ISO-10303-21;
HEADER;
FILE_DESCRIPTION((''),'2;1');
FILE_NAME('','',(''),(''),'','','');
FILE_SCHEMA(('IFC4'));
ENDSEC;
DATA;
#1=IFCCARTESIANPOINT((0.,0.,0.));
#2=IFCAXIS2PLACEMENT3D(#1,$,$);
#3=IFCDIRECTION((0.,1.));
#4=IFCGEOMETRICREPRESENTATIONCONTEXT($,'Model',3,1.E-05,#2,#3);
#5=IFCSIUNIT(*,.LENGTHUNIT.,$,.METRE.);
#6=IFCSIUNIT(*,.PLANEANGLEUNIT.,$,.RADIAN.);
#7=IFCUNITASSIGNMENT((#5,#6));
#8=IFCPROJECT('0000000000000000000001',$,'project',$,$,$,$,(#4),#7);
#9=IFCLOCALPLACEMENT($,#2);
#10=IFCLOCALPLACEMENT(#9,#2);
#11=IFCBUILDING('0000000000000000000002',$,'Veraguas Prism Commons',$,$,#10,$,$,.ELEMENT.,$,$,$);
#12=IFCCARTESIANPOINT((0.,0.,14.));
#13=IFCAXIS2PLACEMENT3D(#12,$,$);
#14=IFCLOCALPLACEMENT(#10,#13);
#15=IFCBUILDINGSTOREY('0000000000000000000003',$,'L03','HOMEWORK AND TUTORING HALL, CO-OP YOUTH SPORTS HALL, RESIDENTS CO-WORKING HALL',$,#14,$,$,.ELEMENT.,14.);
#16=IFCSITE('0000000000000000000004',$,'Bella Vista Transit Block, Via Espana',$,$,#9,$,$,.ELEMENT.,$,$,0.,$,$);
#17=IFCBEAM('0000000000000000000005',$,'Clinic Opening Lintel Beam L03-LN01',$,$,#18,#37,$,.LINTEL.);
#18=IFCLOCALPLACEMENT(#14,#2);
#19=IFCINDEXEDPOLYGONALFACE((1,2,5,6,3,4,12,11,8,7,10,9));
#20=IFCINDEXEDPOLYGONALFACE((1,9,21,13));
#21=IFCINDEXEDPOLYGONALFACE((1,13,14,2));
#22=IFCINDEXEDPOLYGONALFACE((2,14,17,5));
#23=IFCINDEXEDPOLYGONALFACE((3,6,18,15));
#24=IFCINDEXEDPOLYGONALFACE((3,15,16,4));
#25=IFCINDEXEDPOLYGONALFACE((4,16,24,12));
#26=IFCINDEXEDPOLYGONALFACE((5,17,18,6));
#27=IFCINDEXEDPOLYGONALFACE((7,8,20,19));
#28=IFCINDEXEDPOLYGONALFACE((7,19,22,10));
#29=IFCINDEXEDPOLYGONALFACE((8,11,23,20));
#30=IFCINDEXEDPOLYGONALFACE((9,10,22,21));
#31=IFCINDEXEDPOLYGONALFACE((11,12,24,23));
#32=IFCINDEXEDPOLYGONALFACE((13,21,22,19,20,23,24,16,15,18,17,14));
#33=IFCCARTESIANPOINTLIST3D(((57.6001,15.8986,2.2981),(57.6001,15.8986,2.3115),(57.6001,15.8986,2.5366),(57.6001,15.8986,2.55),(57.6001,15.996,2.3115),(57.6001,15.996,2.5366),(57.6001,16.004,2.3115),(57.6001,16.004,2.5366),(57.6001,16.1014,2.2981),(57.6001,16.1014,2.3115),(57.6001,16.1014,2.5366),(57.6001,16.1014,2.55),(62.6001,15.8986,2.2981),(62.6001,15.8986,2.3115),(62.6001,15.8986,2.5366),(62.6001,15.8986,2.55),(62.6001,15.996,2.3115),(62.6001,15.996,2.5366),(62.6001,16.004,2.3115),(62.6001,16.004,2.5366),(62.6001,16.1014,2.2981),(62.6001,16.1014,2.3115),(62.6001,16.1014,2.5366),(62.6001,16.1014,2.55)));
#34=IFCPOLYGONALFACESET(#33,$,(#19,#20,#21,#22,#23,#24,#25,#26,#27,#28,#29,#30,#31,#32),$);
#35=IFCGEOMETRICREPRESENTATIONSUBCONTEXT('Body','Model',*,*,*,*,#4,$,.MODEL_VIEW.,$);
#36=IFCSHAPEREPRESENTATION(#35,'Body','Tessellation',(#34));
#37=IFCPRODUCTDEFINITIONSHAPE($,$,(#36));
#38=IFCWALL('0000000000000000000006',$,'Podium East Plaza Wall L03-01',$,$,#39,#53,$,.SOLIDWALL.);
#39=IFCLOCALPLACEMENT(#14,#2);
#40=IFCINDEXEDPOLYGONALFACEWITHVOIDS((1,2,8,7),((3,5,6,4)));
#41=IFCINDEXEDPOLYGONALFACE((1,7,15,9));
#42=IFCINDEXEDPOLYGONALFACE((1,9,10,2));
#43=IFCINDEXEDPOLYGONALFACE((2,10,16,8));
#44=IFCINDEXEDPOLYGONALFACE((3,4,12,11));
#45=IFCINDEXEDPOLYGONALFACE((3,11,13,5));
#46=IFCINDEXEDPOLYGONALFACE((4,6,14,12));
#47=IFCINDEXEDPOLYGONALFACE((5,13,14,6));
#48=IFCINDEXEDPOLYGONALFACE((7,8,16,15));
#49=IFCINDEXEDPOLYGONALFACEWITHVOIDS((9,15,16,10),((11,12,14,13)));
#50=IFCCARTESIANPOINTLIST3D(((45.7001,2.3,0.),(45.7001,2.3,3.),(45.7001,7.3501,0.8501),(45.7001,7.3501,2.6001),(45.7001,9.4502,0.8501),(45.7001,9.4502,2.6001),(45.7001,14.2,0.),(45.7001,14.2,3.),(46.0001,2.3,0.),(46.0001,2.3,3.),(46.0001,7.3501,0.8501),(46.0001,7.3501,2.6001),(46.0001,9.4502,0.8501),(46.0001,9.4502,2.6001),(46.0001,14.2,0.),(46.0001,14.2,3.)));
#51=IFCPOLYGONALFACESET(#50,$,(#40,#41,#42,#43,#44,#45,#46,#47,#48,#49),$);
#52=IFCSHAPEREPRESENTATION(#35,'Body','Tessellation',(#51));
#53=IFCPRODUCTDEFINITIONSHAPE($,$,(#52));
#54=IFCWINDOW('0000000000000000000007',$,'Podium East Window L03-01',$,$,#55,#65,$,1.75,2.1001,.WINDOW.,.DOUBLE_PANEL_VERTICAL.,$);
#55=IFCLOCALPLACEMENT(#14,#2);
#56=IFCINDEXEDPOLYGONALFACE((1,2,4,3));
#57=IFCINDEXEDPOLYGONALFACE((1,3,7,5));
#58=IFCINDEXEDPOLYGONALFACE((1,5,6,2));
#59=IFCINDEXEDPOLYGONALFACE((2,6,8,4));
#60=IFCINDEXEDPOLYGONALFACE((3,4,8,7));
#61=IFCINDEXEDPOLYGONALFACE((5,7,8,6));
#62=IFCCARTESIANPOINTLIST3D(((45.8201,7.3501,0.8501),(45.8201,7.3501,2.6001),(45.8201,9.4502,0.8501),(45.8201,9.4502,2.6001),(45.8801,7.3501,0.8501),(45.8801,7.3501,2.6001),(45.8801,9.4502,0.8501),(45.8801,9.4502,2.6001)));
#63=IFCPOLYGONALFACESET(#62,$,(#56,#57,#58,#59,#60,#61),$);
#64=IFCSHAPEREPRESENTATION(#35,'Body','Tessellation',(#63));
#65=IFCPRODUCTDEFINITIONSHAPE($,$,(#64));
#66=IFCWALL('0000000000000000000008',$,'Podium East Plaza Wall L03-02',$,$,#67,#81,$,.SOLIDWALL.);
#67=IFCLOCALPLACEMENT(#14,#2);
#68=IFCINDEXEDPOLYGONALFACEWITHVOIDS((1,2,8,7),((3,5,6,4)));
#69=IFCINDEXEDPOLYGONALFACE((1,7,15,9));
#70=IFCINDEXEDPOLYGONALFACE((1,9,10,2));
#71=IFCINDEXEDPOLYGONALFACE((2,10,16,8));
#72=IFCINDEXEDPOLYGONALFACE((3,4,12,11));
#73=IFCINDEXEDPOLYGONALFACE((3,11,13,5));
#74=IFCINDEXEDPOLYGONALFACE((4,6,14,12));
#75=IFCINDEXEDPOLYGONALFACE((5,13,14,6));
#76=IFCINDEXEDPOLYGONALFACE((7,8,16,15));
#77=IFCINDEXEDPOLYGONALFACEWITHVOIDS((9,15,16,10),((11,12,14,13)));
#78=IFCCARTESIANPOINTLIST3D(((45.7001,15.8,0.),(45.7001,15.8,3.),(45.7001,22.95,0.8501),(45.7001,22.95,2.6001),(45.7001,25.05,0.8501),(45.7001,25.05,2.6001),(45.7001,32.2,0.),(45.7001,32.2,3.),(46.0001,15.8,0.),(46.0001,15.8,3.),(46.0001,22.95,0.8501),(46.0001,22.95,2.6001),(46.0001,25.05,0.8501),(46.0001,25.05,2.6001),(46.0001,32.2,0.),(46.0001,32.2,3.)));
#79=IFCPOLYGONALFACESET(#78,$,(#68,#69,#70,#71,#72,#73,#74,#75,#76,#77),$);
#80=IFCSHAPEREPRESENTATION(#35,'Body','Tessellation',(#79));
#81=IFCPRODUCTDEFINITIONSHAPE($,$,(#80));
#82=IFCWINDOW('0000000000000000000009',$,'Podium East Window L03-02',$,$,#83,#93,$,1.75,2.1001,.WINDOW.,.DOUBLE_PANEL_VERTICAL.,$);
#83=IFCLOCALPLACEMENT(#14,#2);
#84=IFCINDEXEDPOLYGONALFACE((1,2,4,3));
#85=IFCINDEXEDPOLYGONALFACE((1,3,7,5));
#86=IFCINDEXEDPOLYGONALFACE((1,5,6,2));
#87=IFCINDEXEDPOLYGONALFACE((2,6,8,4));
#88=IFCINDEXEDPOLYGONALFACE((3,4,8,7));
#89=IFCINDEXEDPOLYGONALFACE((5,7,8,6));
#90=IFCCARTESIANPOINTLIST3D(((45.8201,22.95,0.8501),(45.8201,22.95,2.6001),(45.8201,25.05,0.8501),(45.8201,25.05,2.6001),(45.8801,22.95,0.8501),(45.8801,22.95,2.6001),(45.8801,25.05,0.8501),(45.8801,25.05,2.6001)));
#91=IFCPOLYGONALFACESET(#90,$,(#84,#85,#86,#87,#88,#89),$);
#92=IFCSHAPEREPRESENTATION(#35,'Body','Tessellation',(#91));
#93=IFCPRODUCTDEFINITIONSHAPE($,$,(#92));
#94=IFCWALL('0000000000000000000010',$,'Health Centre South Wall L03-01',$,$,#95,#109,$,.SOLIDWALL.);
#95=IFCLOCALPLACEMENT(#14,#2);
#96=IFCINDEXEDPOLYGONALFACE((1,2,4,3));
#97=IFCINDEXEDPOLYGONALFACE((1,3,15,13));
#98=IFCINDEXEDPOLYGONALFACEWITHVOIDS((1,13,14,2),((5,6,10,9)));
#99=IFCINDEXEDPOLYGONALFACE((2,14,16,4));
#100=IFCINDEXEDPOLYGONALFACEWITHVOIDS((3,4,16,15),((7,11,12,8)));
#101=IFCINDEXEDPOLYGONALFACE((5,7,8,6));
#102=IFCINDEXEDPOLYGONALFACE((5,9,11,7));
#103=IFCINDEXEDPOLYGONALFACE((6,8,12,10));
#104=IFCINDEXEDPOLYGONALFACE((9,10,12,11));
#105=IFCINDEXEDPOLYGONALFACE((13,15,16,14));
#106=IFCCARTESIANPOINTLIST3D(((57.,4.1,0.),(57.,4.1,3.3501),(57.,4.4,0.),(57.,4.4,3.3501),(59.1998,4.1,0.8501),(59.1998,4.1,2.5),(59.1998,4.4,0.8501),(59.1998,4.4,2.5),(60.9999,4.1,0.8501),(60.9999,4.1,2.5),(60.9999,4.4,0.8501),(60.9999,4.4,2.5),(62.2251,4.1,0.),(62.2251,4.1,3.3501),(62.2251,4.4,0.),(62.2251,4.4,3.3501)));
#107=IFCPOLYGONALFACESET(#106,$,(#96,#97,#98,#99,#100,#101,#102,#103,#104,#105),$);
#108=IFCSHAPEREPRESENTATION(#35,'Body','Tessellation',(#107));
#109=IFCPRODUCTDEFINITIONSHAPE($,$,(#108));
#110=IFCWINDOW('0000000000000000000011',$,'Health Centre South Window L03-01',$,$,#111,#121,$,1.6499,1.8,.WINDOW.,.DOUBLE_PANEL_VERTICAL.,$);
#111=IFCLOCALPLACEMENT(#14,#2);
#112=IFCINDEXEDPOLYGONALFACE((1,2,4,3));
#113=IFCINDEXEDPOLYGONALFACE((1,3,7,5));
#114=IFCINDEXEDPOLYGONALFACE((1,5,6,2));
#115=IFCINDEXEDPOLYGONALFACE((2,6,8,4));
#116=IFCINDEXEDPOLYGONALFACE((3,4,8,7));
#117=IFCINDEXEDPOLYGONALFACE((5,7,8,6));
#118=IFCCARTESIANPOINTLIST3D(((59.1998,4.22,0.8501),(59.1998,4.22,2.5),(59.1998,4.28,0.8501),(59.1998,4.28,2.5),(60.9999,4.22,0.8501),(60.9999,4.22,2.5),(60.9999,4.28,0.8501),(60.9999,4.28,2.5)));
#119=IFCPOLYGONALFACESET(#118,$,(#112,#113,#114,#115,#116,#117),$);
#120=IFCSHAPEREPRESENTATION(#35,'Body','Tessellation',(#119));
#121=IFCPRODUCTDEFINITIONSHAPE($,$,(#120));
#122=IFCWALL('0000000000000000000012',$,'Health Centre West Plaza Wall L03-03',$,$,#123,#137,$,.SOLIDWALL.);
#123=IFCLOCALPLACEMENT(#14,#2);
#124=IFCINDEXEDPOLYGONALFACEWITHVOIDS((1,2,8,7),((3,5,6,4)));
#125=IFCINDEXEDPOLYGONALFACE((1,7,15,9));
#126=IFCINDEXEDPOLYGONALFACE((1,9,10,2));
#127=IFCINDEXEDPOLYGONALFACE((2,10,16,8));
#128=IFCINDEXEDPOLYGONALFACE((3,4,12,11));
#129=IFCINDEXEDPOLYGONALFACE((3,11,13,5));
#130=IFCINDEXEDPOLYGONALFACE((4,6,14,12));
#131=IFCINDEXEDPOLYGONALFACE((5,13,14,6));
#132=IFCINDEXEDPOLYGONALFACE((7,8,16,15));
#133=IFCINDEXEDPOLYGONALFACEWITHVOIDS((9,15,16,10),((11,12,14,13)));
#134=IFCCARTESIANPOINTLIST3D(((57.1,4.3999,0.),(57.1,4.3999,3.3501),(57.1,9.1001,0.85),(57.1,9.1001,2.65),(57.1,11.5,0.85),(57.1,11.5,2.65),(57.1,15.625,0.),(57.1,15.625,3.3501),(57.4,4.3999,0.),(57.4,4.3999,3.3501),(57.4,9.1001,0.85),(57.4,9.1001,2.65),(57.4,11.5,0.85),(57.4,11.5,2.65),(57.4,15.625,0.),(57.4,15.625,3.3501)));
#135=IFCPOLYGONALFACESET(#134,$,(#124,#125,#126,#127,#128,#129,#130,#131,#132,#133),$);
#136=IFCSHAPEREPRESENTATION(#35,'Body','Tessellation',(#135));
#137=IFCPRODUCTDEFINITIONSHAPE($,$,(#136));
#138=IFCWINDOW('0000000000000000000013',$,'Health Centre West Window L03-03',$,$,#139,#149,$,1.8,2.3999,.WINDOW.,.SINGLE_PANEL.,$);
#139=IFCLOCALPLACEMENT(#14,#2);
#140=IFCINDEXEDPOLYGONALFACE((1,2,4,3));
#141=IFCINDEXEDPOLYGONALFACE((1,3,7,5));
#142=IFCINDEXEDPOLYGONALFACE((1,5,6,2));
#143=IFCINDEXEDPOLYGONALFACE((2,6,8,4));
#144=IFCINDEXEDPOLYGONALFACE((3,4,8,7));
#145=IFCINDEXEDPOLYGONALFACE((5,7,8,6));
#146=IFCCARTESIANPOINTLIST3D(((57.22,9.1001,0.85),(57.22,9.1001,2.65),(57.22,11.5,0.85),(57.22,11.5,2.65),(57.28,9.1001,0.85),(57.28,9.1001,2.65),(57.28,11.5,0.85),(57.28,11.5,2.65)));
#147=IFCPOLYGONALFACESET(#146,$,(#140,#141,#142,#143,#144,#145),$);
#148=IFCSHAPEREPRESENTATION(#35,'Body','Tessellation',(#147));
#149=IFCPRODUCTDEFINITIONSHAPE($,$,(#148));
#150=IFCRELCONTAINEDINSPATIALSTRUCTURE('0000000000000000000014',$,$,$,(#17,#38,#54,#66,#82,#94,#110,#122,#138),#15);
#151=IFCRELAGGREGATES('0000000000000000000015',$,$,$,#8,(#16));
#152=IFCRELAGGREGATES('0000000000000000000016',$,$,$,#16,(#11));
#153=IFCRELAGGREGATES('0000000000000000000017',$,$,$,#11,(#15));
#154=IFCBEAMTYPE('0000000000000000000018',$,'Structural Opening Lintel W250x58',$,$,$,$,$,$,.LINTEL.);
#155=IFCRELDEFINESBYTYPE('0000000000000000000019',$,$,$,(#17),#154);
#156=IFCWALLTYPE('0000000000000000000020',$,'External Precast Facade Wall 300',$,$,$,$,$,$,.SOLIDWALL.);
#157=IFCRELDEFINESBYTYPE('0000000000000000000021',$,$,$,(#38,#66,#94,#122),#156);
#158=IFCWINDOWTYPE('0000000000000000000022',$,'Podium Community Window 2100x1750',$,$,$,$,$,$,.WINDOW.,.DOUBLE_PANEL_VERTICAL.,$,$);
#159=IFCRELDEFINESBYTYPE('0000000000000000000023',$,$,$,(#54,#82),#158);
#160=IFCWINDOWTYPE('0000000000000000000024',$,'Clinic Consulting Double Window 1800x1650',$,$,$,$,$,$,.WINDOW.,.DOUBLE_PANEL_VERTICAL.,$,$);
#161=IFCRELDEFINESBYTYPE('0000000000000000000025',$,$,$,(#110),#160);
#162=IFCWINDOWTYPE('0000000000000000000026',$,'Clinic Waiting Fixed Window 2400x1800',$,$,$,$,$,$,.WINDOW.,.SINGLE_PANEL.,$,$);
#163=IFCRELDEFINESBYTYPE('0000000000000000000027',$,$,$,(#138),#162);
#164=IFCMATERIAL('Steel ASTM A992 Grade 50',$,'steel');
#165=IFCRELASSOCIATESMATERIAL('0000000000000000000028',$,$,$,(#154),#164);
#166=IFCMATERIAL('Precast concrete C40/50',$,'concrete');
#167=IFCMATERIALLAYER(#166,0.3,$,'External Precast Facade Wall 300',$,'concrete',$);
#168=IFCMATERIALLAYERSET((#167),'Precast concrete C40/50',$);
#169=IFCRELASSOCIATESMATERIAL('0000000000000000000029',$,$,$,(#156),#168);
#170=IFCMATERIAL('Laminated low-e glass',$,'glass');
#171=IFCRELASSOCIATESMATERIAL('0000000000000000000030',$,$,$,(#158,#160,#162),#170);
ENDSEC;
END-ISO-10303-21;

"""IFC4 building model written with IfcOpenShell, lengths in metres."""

from ifc_helpers import new_model, si_unit, direction, frame, frame_2d, origin, origin_2d, place, context, subcontext, project, spatial, rectangle, i_section, extrude, source, transform, mapped, material, layer, layer_set, material_profile, profile_set, type_object, element, fill, save


model = new_model("IFC4")

# Units and contexts
model_context = context("Model", 3, precision=1e-05, world=origin(), true_north=direction((0.0, 1.0)))
body_context = subcontext(model_context, "Body", "Model", "MODEL_VIEW")
ifc_project = project(units=[si_unit("LENGTHUNIT", "METRE"), si_unit("PLANEANGLEUNIT", "RADIAN")], contexts=[model_context])

# Site, building, storey
site_placement = place(None, origin())
site = spatial("IfcSite", under=ifc_project, at=site_placement, Name="Bella Vista Transit Block, Via Espana", CompositionType="ELEMENT", RefElevation=0.0)
building_placement = place(site_placement, origin())
building = spatial("IfcBuilding", under=site, at=building_placement, Name="Veraguas Prism Commons", CompositionType="ELEMENT")
storey_placement = place(building_placement, frame((0.0, 0.0, 14.0)))
storey = spatial("IfcBuildingStorey", under=building, at=storey_placement, Name="L03", Description="HOMEWORK AND TUTORING HALL, CO-OP YOUTH SPORTS HALL, RESIDENTS CO-WORKING HALL", CompositionType="ELEMENT", Elevation=14.0)

# Beam
ifc_material_1 = material(Name="Steel ASTM A992 Grade 50", Category="steel")
ifc_material_profile_1 = material_profile(ifc_material_1, i_section(OverallWidth=0.2029, OverallDepth=0.252, WebThickness=0.0081, FlangeThickness=0.0134, at=origin_2d()), Name="W250X58")
ifc_profile_set_1 = profile_set([ifc_material_profile_1], Name="Steel ASTM A992 Grade 50")
beam_type_1 = type_object("IfcBeamType", Name="Structural Opening Lintel W250x58", PredefinedType="LINTEL", material=ifc_profile_set_1)
beam_1_placement = place(storey_placement, frame((57.6001, 16.0, 2.4241), z_axis=(1.0, 0.0, 0.0), x_axis=(0.0, 1.0, 0.0)))
element("IfcBeam", 1, at=beam_1_placement, inside=storey, type_object=beam_type_1, Name="Clinic Opening Lintel Beam L03-LN01", PredefinedType="LINTEL", context=body_context, shape_type="SweptSolid", body=[
    extrude(i_section(OverallWidth=0.2029, OverallDepth=0.252, WebThickness=0.0081, FlangeThickness=0.0134, at=origin_2d()), origin(), (0.0, 0.0, 1.0), 5.0),
])

# Walls, openings, windows
ifc_material_2 = material(Name="Precast concrete C40/50", Category="concrete")
ifc_layer = layer(ifc_material_2, 0.3, Name="External Precast Facade Wall 300", Category="concrete")
ifc_layer_set = layer_set([ifc_layer], Name="Precast concrete C40/50")
wall_type = type_object("IfcWallType", Name="External Precast Facade Wall 300", PredefinedType="SOLIDWALL", material=ifc_layer_set)
wall_1_placement = place(storey_placement, frame((45.8501, 2.3, 0.0), z_axis=(0.0, 0.0, 1.0), x_axis=(0.0, 1.0, 0.0)))
wall_1 = element("IfcWall", 2, at=wall_1_placement, inside=storey, type_object=wall_type, Name="Podium East Plaza Wall L03-01", PredefinedType="SOLIDWALL", context=body_context, shape_type="SweptSolid", body=[
    extrude(rectangle(XDim=11.8999, YDim=0.3, at=frame_2d((5.95, 0.0))), origin(), (0.0, 0.0, 1.0), 3.0),
])
opening_1_placement = place(wall_1_placement, frame((5.05, 0.0, 0.8501)))
opening_1 = element("IfcOpeningElement", 3, at=opening_1_placement, cuts=wall_1, PredefinedType="OPENING", context=body_context, shape_type="SweptSolid", body=[
    extrude(rectangle(XDim=2.1001, YDim=1.75, at=frame_2d((1.05, 0.875))), frame((0.0, 0.1599, 0.0), z_axis=(0.0, -1.0, 0.0), x_axis=(1.0, 0.0, 0.0)), (0.0, 0.0, 1.0), 0.3201),
])
ifc_material_3 = material(Name="Laminated low-e glass", Category="glass")
window_type_1 = type_object("IfcWindowType", Name="Podium Community Window 2100x1750", PartitioningType="DOUBLE_PANEL_VERTICAL", PredefinedType="WINDOW", material=ifc_material_3)
shared_shape_1 = source(origin(), body_context, "Body", "SweptSolid", [
    extrude(rectangle(XDim=2.1001, YDim=1.75, at=frame_2d((1.05, 0.875))), frame((0.0, 0.03, 0.0), z_axis=(0.0, -1.0, 0.0), x_axis=(1.0, 0.0, 0.0)), (0.0, 0.0, 1.0), 0.0601),
])
window_1_placement = place(opening_1_placement, origin())
window_1 = element("IfcWindow", 4, at=window_1_placement, inside=storey, type_object=window_type_1, Name="Podium East Window L03-01", OverallHeight=1.75, OverallWidth=2.1001, PartitioningType="DOUBLE_PANEL_VERTICAL", PredefinedType="WINDOW", context=body_context, shape_type="MappedRepresentation", body=[
    mapped(shared_shape_1, transform((0.0, 0.0, 0.0), scale=1.0)),
])
fill(opening_1, window_1)
wall_2_placement = place(storey_placement, frame((45.8501, 15.8, 0.0), z_axis=(0.0, 0.0, 1.0), x_axis=(0.0, 1.0, 0.0)))
wall_2 = element("IfcWall", 5, at=wall_2_placement, inside=storey, type_object=wall_type, Name="Podium East Plaza Wall L03-02", PredefinedType="SOLIDWALL", context=body_context, shape_type="SweptSolid", body=[
    extrude(rectangle(XDim=16.3999, YDim=0.3, at=frame_2d((8.2, 0.0))), origin(), (0.0, 0.0, 1.0), 3.0),
])
opening_2_placement = place(wall_2_placement, frame((7.1499, 0.0, 0.8501)))
opening_2 = element("IfcOpeningElement", 6, at=opening_2_placement, cuts=wall_2, PredefinedType="OPENING", context=body_context, shape_type="SweptSolid", body=[
    extrude(rectangle(XDim=2.1001, YDim=1.75, at=frame_2d((1.05, 0.875))), frame((0.0, 0.1599, 0.0), z_axis=(0.0, -1.0, 0.0), x_axis=(1.0, 0.0, 0.0)), (0.0, 0.0, 1.0), 0.3201),
])
window_2_placement = place(opening_2_placement, origin())
window_2 = element("IfcWindow", 7, at=window_2_placement, inside=storey, type_object=window_type_1, Name="Podium East Window L03-02", OverallHeight=1.75, OverallWidth=2.1001, PartitioningType="DOUBLE_PANEL_VERTICAL", PredefinedType="WINDOW", context=body_context, shape_type="MappedRepresentation", body=[
    mapped(shared_shape_1, transform((0.0, 0.0, 0.0), scale=1.0)),
])
fill(opening_2, window_2)
wall_3_placement = place(storey_placement, frame((57.0, 4.25, 0.0), z_axis=(0.0, 0.0, 1.0), x_axis=(1.0, 0.0, 0.0)))
wall_3 = element("IfcWall", 8, at=wall_3_placement, inside=storey, type_object=wall_type, Name="Health Centre South Wall L03-01", PredefinedType="SOLIDWALL", context=body_context, shape_type="SweptSolid", body=[
    extrude(rectangle(XDim=5.2251, YDim=0.3, at=frame_2d((2.6125, 0.0))), origin(), (0.0, 0.0, 1.0), 3.3501),
])
opening_3_placement = place(wall_3_placement, frame((2.2, 0.0, 0.8501)))
opening_3 = element("IfcOpeningElement", 9, at=opening_3_placement, cuts=wall_3, PredefinedType="OPENING", context=body_context, shape_type="SweptSolid", body=[
    extrude(rectangle(XDim=1.8, YDim=1.6499, at=frame_2d((0.8999, 0.825))), frame((0.0, 0.1599, 0.0), z_axis=(0.0, -1.0, 0.0), x_axis=(1.0, 0.0, 0.0)), (0.0, 0.0, 1.0), 0.3201),
])
window_type_2 = type_object("IfcWindowType", Name="Clinic Consulting Double Window 1800x1650", PartitioningType="DOUBLE_PANEL_VERTICAL", PredefinedType="WINDOW", material=ifc_material_3)
shared_shape_2 = source(origin(), body_context, "Body", "SweptSolid", [
    extrude(rectangle(XDim=1.8, YDim=1.6499, at=frame_2d((0.8999, 0.825))), frame((0.0, 0.03, 0.0), z_axis=(0.0, -1.0, 0.0), x_axis=(1.0, 0.0, 0.0)), (0.0, 0.0, 1.0), 0.0601),
])
window_3_placement = place(opening_3_placement, origin())
window_3 = element("IfcWindow", 10, at=window_3_placement, inside=storey, type_object=window_type_2, Name="Health Centre South Window L03-01", OverallHeight=1.6499, OverallWidth=1.8, PartitioningType="DOUBLE_PANEL_VERTICAL", PredefinedType="WINDOW", context=body_context, shape_type="MappedRepresentation", body=[
    mapped(shared_shape_2, transform((0.0, 0.0, 0.0), scale=1.0)),
])
fill(opening_3, window_3)
wall_4_placement = place(storey_placement, frame((57.25, 15.625, 0.0), z_axis=(0.0, 0.0, 1.0), x_axis=(0.0, -1.0, 0.0)))
wall_4 = element("IfcWall", 11, at=wall_4_placement, inside=storey, type_object=wall_type, Name="Health Centre West Plaza Wall L03-03", PredefinedType="SOLIDWALL", context=body_context, shape_type="SweptSolid", body=[
    extrude(rectangle(XDim=11.2251, YDim=0.3, at=frame_2d((5.6125, 0.0))), origin(), (0.0, 0.0, 1.0), 3.3501),
])
opening_4_placement = place(wall_4_placement, frame((4.125, 0.0, 0.8501)))
opening_4 = element("IfcOpeningElement", 12, at=opening_4_placement, cuts=wall_4, PredefinedType="OPENING", context=body_context, shape_type="SweptSolid", body=[
    extrude(rectangle(XDim=2.3999, YDim=1.8, at=frame_2d((1.2, 0.8999))), frame((0.0, 0.1599, 0.0), z_axis=(0.0, -1.0, 0.0), x_axis=(1.0, 0.0, 0.0)), (0.0, 0.0, 1.0), 0.3201),
])
window_type_3 = type_object("IfcWindowType", Name="Clinic Waiting Fixed Window 2400x1800", PartitioningType="SINGLE_PANEL", PredefinedType="WINDOW", material=ifc_material_3)
shared_shape_3 = source(origin(), body_context, "Body", "SweptSolid", [
    extrude(rectangle(XDim=2.3999, YDim=1.8, at=frame_2d((1.2, 0.8999))), frame((0.0, 0.03, 0.0), z_axis=(0.0, -1.0, 0.0), x_axis=(1.0, 0.0, 0.0)), (0.0, 0.0, 1.0), 0.0601),
])
window_4_placement = place(opening_4_placement, origin())
window_4 = element("IfcWindow", 13, at=window_4_placement, inside=storey, type_object=window_type_3, Name="Health Centre West Window L03-03", OverallHeight=1.8, OverallWidth=2.3999, PartitioningType="SINGLE_PANEL", PredefinedType="WINDOW", context=body_context, shape_type="MappedRepresentation", body=[
    mapped(shared_shape_3, transform((0.0, 0.0, 0.0), scale=1.0)),
])
fill(opening_4, window_4)

save(model, "model.ifc")
